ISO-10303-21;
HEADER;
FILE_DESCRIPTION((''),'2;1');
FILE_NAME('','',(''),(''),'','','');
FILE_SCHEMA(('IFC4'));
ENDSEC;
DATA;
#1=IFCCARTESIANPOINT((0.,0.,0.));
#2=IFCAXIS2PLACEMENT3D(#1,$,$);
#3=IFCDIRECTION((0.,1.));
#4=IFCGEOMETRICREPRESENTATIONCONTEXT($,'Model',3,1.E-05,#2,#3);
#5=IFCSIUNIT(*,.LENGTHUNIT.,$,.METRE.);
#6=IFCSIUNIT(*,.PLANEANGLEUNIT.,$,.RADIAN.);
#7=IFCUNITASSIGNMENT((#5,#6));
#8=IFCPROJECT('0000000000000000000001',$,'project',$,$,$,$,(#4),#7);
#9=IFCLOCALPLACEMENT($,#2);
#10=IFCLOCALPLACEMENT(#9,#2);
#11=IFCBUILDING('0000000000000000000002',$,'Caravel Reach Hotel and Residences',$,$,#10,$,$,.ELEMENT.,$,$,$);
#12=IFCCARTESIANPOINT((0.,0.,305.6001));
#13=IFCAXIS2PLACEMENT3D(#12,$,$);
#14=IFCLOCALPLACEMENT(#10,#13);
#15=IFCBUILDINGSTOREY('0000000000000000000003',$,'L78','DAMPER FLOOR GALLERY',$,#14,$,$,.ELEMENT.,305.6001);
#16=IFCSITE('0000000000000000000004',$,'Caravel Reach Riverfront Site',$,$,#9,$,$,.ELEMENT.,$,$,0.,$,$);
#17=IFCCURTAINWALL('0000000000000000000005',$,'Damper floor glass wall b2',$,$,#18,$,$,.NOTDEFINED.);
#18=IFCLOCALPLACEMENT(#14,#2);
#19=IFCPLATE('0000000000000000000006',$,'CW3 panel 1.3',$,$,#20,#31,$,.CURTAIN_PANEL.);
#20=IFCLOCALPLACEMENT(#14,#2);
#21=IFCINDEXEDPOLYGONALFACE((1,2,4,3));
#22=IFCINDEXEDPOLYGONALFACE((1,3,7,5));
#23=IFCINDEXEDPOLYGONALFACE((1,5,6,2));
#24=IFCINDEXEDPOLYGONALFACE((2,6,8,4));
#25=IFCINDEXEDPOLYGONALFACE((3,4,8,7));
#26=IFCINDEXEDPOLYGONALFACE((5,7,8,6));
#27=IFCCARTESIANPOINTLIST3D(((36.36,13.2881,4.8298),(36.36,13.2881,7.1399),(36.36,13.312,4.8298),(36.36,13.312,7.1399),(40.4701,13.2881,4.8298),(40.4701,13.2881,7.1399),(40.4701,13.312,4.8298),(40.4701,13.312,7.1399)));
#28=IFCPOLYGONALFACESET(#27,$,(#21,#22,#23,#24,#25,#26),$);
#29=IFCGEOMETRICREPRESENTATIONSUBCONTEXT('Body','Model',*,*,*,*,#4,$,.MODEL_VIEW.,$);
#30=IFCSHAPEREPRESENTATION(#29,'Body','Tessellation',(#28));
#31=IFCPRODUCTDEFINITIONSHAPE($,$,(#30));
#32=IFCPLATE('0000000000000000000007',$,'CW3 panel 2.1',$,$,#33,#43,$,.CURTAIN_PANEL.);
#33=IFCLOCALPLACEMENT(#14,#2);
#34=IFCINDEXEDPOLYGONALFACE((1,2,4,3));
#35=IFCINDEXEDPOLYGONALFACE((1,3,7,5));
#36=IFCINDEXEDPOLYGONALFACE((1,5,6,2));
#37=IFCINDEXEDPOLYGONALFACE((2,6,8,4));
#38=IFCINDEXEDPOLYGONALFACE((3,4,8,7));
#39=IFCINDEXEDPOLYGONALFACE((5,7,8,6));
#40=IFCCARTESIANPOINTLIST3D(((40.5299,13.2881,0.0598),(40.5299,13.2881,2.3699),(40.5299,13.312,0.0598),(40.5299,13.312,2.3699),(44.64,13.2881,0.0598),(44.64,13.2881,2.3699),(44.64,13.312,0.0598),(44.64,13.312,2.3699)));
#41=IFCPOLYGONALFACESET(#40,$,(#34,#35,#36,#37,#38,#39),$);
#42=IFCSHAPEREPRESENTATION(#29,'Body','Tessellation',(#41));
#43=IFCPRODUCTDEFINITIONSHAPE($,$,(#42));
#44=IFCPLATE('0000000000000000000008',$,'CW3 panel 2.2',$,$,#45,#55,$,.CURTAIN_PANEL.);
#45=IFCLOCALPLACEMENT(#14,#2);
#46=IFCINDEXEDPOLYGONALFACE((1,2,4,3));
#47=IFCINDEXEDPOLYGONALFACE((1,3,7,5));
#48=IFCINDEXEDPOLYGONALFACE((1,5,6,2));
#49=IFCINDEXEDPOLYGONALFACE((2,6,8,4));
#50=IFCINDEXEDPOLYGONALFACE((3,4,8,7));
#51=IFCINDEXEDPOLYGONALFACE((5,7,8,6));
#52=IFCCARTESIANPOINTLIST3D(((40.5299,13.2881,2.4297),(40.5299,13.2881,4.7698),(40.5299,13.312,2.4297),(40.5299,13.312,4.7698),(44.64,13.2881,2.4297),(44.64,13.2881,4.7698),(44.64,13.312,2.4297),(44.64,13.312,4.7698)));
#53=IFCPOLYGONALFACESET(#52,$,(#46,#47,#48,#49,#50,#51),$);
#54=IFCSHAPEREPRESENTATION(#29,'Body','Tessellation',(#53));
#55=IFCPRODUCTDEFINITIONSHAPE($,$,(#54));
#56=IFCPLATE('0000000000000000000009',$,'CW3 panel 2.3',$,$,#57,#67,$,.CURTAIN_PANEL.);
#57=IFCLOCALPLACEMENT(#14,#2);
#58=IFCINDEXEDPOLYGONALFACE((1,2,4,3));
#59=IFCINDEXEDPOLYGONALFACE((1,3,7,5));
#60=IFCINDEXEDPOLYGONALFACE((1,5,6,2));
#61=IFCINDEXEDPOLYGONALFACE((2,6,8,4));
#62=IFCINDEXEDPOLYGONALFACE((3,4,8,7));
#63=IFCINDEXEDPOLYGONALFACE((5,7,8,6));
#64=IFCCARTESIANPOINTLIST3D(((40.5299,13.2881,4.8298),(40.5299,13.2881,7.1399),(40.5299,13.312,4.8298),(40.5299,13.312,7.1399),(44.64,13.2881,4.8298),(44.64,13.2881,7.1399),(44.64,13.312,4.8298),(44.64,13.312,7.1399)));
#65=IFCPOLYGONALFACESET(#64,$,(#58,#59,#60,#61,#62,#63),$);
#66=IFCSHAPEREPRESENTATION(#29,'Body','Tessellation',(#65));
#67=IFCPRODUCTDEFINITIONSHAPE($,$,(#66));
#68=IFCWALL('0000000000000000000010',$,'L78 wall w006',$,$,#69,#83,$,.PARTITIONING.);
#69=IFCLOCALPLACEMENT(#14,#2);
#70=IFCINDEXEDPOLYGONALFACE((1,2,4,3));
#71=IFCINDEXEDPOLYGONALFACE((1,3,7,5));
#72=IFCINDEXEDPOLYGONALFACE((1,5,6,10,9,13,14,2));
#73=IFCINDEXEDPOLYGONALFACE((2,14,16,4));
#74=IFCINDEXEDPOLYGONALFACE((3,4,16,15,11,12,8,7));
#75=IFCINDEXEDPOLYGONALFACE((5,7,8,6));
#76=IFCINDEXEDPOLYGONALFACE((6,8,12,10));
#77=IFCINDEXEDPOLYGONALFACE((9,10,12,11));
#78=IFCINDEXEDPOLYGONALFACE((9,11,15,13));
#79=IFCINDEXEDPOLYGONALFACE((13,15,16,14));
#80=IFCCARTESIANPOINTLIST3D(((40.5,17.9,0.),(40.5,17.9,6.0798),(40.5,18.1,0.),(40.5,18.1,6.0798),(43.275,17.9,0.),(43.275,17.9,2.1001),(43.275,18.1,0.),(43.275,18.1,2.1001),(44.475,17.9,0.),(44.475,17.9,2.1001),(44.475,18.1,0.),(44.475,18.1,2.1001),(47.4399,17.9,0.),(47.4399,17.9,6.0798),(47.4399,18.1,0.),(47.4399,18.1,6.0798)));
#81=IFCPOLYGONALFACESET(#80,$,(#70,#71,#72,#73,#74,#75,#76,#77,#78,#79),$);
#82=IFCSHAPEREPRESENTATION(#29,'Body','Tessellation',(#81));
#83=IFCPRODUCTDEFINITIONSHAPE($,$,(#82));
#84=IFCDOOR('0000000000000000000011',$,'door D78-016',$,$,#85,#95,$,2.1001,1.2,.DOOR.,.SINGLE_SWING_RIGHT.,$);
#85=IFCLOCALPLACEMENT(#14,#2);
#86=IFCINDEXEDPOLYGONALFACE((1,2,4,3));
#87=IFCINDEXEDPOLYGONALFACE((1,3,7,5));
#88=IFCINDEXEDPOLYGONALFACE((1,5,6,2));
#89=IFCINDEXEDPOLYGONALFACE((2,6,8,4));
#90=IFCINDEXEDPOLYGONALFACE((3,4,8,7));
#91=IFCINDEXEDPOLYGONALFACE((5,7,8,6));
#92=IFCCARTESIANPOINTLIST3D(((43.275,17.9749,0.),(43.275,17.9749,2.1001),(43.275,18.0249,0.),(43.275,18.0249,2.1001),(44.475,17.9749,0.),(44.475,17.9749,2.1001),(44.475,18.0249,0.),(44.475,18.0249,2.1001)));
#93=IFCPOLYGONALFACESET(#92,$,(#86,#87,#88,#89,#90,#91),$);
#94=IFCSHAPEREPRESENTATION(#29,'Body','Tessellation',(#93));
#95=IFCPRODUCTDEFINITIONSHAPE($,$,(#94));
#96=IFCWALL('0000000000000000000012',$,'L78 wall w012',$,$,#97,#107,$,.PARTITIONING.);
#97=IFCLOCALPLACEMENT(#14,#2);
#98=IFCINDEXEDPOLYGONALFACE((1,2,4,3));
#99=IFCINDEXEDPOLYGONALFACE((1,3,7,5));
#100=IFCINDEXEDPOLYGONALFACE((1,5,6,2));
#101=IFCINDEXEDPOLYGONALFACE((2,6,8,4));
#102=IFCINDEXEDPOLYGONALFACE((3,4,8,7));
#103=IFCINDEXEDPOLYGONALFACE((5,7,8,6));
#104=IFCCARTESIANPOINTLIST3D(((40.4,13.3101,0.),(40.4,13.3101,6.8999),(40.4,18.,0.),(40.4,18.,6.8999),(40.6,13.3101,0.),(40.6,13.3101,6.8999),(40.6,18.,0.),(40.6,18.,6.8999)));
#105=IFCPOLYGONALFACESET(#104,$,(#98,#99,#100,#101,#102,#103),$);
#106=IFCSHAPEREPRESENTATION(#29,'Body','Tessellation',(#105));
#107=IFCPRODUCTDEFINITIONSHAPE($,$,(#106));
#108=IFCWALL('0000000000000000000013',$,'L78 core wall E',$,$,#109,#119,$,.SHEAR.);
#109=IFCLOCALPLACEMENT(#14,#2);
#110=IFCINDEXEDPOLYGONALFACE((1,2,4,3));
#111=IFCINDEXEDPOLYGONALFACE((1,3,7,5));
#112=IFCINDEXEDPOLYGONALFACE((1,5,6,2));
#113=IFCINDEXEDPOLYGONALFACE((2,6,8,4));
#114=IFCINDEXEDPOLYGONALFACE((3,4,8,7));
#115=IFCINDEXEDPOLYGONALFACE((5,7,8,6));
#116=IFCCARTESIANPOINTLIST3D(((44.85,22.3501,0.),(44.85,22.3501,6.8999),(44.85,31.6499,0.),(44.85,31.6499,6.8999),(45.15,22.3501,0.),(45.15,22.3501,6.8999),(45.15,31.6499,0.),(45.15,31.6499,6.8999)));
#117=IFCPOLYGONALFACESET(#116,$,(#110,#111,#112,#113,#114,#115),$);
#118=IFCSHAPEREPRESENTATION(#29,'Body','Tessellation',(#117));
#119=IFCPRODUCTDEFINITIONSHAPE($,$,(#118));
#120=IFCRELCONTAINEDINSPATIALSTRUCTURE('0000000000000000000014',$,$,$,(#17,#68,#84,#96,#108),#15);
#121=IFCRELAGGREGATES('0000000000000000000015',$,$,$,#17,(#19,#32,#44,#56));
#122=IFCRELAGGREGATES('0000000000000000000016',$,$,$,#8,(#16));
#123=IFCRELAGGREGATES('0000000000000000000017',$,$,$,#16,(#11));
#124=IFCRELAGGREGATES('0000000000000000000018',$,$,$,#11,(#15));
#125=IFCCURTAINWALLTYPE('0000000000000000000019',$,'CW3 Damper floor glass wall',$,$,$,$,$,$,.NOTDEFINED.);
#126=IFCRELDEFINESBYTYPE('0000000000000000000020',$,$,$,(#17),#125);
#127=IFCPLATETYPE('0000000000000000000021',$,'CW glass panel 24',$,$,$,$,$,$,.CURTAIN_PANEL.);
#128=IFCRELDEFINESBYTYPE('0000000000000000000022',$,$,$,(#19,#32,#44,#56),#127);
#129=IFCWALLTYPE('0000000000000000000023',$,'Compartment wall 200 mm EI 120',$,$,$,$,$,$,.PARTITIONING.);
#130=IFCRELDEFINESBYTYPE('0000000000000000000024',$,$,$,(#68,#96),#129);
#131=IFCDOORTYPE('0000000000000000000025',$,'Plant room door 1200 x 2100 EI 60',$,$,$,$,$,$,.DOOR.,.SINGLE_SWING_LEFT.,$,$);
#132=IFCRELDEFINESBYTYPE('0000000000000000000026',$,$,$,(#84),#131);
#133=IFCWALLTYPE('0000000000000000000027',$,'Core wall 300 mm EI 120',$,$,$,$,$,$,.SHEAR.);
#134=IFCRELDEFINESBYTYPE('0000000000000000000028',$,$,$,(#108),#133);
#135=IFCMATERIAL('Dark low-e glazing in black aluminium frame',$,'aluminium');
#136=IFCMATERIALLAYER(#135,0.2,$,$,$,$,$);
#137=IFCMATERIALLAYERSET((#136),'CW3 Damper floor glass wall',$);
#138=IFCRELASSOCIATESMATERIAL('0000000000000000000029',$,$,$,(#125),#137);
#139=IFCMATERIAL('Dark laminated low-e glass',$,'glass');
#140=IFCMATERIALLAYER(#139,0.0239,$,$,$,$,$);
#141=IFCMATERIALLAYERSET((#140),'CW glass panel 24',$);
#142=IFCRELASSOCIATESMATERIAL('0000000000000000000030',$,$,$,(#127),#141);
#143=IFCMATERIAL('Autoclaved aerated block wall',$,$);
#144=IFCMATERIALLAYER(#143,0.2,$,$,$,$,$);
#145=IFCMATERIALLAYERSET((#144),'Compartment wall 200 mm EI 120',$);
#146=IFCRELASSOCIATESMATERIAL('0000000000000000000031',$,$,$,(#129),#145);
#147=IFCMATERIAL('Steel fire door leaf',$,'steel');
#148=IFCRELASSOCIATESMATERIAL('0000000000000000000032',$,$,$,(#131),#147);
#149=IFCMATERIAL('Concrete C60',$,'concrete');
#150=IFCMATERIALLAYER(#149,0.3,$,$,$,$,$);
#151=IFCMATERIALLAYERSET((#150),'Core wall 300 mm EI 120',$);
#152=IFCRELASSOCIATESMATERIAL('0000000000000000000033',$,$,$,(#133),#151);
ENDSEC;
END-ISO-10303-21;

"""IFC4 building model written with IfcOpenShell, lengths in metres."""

from ifc_helpers import new_model, si_unit, direction, frame, frame_2d, origin, origin_2d, place, context, subcontext, project, spatial, rectangle, extrude, material, layer, layer_set, type_object, element, fill, aggregate, save


model = new_model("IFC4")

# Units and contexts
model_context = context("Model", 3, precision=1e-05, world=origin(), true_north=direction((0.0, 1.0)))
body_context = subcontext(model_context, "Body", "Model", "MODEL_VIEW")
ifc_project = project(units=[si_unit("LENGTHUNIT", "METRE"), si_unit("PLANEANGLEUNIT", "RADIAN")], contexts=[model_context])

# Site, building, storey
site_placement = place(None, origin())
site = spatial("IfcSite", under=ifc_project, at=site_placement, Name="Caravel Reach Riverfront Site", CompositionType="ELEMENT", RefElevation=0.0)
building_placement = place(site_placement, origin())
building = spatial("IfcBuilding", under=site, at=building_placement, Name="Caravel Reach Hotel and Residences", CompositionType="ELEMENT")
storey_placement = place(building_placement, frame((0.0, 0.0, 305.6001)))
storey = spatial("IfcBuildingStorey", under=building, at=storey_placement, Name="L78", Description="DAMPER FLOOR GALLERY", CompositionType="ELEMENT", Elevation=305.6001)

# Shared definitions
ifc_material_1 = material(Name="Dark low-e glazing in black aluminium frame", Category="aluminium")
ifc_layer_1 = layer(ifc_material_1, 0.2)
ifc_layer_set_1 = layer_set([ifc_layer_1], Name="CW3 Damper floor glass wall")
curtain_wall_type = type_object("IfcCurtainWallType", Name="CW3 Damper floor glass wall", PredefinedType="NOTDEFINED", material=ifc_layer_set_1)

# Curtain wall
curtain_wall_1_placement = place(storey_placement, origin())
curtain_wall_1 = element("IfcCurtainWall", 1, at=curtain_wall_1_placement, inside=storey, type_object=curtain_wall_type, Name="Damper floor glass wall b2", PredefinedType="NOTDEFINED")

# Plates
ifc_material_2 = material(Name="Dark laminated low-e glass", Category="glass")
ifc_layer_2 = layer(ifc_material_2, 0.0239)
ifc_layer_set_2 = layer_set([ifc_layer_2], Name="CW glass panel 24")
plate_type = type_object("IfcPlateType", Name="CW glass panel 24", PredefinedType="CURTAIN_PANEL", material=ifc_layer_set_2)
plate_1_placement = place(storey_placement, frame((38.415, 13.3, 4.8298), z_axis=(0.0, 0.0, 1.0), x_axis=(1.0, 0.0, 0.0)))
plate_1 = element("IfcPlate", 2, at=plate_1_placement, type_object=plate_type, Name="CW3 panel 1.3", PredefinedType="CURTAIN_PANEL", context=body_context, shape_type="SweptSolid", body=[
    extrude(rectangle(XDim=4.1101, YDim=0.0239, at=origin_2d()), origin(), (0.0, 0.0, 1.0), 2.3101),
])
plate_2_placement = place(storey_placement, frame((42.585, 13.3, 0.0598), z_axis=(0.0, 0.0, 1.0), x_axis=(1.0, 0.0, 0.0)))
plate_2 = element("IfcPlate", 3, at=plate_2_placement, type_object=plate_type, Name="CW3 panel 2.1", PredefinedType="CURTAIN_PANEL", context=body_context, shape_type="SweptSolid", body=[
    extrude(rectangle(XDim=4.1101, YDim=0.0239, at=origin_2d()), origin(), (0.0, 0.0, 1.0), 2.3101),
])
plate_3_placement = place(storey_placement, frame((42.585, 13.3, 2.4297), z_axis=(0.0, 0.0, 1.0), x_axis=(1.0, 0.0, 0.0)))
plate_3 = element("IfcPlate", 4, at=plate_3_placement, type_object=plate_type, Name="CW3 panel 2.2", PredefinedType="CURTAIN_PANEL", context=body_context, shape_type="SweptSolid", body=[
    extrude(rectangle(XDim=4.1101, YDim=0.0239, at=origin_2d()), origin(), (0.0, 0.0, 1.0), 2.3401),
])
plate_4_placement = place(storey_placement, frame((42.585, 13.3, 4.8298), z_axis=(0.0, 0.0, 1.0), x_axis=(1.0, 0.0, 0.0)))
plate_4 = element("IfcPlate", 5, at=plate_4_placement, type_object=plate_type, Name="CW3 panel 2.3", PredefinedType="CURTAIN_PANEL", context=body_context, shape_type="SweptSolid", body=[
    extrude(rectangle(XDim=4.1101, YDim=0.0239, at=origin_2d()), origin(), (0.0, 0.0, 1.0), 2.3101),
])
aggregate(curtain_wall_1, [plate_1, plate_2, plate_3, plate_4])

# Wall, opening, door
ifc_material_3 = material(Name="Autoclaved aerated block wall")
ifc_layer_3 = layer(ifc_material_3, 0.2)
ifc_layer_set_3 = layer_set([ifc_layer_3], Name="Compartment wall 200 mm EI 120")
wall_type_1 = type_object("IfcWallType", Name="Compartment wall 200 mm EI 120", PredefinedType="PARTITIONING", material=ifc_layer_set_3)
wall_1_placement = place(storey_placement, frame((40.5, 18.0, 0.0), z_axis=(0.0, 0.0, 1.0), x_axis=(1.0, 0.0, 0.0)))
wall_1 = element("IfcWall", 6, at=wall_1_placement, inside=storey, type_object=wall_type_1, Name="L78 wall w006", PredefinedType="PARTITIONING", context=body_context, shape_type="SweptSolid", body=[
    extrude(rectangle(XDim=6.9399, YDim=0.2, at=frame_2d((3.47, 0.0))), origin(), (0.0, 0.0, 1.0), 6.0798),
])
opening_placement = place(wall_1_placement, frame((2.7749, 0.0, 0.0)))
opening = element("IfcOpeningElement", 7, at=opening_placement, cuts=wall_1, PredefinedType="OPENING", context=body_context, shape_type="SweptSolid", body=[
    extrude(rectangle(XDim=1.2, YDim=2.1001, at=frame_2d((0.6001, 1.05))), frame((0.0, 0.1099, 0.0), z_axis=(0.0, -1.0, 0.0), x_axis=(1.0, 0.0, 0.0)), (0.0, 0.0, 1.0), 0.22),
])
ifc_material_4 = material(Name="Steel fire door leaf", Category="steel")
door_type = type_object("IfcDoorType", Name="Plant room door 1200 x 2100 EI 60", OperationType="SINGLE_SWING_LEFT", PredefinedType="DOOR", material=ifc_material_4)
door_placement = place(opening_placement, origin())
door = element("IfcDoor", 8, at=door_placement, inside=storey, type_object=door_type, Name="door D78-016", OperationType="SINGLE_SWING_RIGHT", OverallHeight=2.1001, OverallWidth=1.2, PredefinedType="DOOR", context=body_context, shape_type="SweptSolid", body=[
    extrude(rectangle(XDim=1.2, YDim=2.1001, at=frame_2d((0.6001, 1.05))), frame((0.0, 0.0249, 0.0), z_axis=(0.0, -1.0, 0.0), x_axis=(1.0, 0.0, 0.0)), (0.0, 0.0, 1.0), 0.05),
])
fill(opening, door)

# Walls
wall_2_placement = place(storey_placement, frame((40.5, 13.3101, 0.0), z_axis=(0.0, 0.0, 1.0), x_axis=(0.0, 1.0, 0.0)))
element("IfcWall", 9, at=wall_2_placement, inside=storey, type_object=wall_type_1, Name="L78 wall w012", PredefinedType="PARTITIONING", context=body_context, shape_type="SweptSolid", body=[
    extrude(rectangle(XDim=4.6899, YDim=0.2, at=frame_2d((2.345, 0.0))), origin(), (0.0, 0.0, 1.0), 6.8999),
])
ifc_material_5 = material(Name="Concrete C60", Category="concrete")
ifc_layer_4 = layer(ifc_material_5, 0.3)
ifc_layer_set_4 = layer_set([ifc_layer_4], Name="Core wall 300 mm EI 120")
wall_type_2 = type_object("IfcWallType", Name="Core wall 300 mm EI 120", PredefinedType="SHEAR", material=ifc_layer_set_4)
wall_3_placement = place(storey_placement, frame((45.0, 22.3501, 0.0), z_axis=(0.0, 0.0, 1.0), x_axis=(0.0, 1.0, 0.0)))
element("IfcWall", 10, at=wall_3_placement, inside=storey, type_object=wall_type_2, Name="L78 core wall E", PredefinedType="SHEAR", context=body_context, shape_type="SweptSolid", body=[
    extrude(rectangle(XDim=9.2998, YDim=0.3, at=frame_2d((4.6499, 0.0))), origin(), (0.0, 0.0, 1.0), 6.8999),
])

save(model, "model.ifc")
